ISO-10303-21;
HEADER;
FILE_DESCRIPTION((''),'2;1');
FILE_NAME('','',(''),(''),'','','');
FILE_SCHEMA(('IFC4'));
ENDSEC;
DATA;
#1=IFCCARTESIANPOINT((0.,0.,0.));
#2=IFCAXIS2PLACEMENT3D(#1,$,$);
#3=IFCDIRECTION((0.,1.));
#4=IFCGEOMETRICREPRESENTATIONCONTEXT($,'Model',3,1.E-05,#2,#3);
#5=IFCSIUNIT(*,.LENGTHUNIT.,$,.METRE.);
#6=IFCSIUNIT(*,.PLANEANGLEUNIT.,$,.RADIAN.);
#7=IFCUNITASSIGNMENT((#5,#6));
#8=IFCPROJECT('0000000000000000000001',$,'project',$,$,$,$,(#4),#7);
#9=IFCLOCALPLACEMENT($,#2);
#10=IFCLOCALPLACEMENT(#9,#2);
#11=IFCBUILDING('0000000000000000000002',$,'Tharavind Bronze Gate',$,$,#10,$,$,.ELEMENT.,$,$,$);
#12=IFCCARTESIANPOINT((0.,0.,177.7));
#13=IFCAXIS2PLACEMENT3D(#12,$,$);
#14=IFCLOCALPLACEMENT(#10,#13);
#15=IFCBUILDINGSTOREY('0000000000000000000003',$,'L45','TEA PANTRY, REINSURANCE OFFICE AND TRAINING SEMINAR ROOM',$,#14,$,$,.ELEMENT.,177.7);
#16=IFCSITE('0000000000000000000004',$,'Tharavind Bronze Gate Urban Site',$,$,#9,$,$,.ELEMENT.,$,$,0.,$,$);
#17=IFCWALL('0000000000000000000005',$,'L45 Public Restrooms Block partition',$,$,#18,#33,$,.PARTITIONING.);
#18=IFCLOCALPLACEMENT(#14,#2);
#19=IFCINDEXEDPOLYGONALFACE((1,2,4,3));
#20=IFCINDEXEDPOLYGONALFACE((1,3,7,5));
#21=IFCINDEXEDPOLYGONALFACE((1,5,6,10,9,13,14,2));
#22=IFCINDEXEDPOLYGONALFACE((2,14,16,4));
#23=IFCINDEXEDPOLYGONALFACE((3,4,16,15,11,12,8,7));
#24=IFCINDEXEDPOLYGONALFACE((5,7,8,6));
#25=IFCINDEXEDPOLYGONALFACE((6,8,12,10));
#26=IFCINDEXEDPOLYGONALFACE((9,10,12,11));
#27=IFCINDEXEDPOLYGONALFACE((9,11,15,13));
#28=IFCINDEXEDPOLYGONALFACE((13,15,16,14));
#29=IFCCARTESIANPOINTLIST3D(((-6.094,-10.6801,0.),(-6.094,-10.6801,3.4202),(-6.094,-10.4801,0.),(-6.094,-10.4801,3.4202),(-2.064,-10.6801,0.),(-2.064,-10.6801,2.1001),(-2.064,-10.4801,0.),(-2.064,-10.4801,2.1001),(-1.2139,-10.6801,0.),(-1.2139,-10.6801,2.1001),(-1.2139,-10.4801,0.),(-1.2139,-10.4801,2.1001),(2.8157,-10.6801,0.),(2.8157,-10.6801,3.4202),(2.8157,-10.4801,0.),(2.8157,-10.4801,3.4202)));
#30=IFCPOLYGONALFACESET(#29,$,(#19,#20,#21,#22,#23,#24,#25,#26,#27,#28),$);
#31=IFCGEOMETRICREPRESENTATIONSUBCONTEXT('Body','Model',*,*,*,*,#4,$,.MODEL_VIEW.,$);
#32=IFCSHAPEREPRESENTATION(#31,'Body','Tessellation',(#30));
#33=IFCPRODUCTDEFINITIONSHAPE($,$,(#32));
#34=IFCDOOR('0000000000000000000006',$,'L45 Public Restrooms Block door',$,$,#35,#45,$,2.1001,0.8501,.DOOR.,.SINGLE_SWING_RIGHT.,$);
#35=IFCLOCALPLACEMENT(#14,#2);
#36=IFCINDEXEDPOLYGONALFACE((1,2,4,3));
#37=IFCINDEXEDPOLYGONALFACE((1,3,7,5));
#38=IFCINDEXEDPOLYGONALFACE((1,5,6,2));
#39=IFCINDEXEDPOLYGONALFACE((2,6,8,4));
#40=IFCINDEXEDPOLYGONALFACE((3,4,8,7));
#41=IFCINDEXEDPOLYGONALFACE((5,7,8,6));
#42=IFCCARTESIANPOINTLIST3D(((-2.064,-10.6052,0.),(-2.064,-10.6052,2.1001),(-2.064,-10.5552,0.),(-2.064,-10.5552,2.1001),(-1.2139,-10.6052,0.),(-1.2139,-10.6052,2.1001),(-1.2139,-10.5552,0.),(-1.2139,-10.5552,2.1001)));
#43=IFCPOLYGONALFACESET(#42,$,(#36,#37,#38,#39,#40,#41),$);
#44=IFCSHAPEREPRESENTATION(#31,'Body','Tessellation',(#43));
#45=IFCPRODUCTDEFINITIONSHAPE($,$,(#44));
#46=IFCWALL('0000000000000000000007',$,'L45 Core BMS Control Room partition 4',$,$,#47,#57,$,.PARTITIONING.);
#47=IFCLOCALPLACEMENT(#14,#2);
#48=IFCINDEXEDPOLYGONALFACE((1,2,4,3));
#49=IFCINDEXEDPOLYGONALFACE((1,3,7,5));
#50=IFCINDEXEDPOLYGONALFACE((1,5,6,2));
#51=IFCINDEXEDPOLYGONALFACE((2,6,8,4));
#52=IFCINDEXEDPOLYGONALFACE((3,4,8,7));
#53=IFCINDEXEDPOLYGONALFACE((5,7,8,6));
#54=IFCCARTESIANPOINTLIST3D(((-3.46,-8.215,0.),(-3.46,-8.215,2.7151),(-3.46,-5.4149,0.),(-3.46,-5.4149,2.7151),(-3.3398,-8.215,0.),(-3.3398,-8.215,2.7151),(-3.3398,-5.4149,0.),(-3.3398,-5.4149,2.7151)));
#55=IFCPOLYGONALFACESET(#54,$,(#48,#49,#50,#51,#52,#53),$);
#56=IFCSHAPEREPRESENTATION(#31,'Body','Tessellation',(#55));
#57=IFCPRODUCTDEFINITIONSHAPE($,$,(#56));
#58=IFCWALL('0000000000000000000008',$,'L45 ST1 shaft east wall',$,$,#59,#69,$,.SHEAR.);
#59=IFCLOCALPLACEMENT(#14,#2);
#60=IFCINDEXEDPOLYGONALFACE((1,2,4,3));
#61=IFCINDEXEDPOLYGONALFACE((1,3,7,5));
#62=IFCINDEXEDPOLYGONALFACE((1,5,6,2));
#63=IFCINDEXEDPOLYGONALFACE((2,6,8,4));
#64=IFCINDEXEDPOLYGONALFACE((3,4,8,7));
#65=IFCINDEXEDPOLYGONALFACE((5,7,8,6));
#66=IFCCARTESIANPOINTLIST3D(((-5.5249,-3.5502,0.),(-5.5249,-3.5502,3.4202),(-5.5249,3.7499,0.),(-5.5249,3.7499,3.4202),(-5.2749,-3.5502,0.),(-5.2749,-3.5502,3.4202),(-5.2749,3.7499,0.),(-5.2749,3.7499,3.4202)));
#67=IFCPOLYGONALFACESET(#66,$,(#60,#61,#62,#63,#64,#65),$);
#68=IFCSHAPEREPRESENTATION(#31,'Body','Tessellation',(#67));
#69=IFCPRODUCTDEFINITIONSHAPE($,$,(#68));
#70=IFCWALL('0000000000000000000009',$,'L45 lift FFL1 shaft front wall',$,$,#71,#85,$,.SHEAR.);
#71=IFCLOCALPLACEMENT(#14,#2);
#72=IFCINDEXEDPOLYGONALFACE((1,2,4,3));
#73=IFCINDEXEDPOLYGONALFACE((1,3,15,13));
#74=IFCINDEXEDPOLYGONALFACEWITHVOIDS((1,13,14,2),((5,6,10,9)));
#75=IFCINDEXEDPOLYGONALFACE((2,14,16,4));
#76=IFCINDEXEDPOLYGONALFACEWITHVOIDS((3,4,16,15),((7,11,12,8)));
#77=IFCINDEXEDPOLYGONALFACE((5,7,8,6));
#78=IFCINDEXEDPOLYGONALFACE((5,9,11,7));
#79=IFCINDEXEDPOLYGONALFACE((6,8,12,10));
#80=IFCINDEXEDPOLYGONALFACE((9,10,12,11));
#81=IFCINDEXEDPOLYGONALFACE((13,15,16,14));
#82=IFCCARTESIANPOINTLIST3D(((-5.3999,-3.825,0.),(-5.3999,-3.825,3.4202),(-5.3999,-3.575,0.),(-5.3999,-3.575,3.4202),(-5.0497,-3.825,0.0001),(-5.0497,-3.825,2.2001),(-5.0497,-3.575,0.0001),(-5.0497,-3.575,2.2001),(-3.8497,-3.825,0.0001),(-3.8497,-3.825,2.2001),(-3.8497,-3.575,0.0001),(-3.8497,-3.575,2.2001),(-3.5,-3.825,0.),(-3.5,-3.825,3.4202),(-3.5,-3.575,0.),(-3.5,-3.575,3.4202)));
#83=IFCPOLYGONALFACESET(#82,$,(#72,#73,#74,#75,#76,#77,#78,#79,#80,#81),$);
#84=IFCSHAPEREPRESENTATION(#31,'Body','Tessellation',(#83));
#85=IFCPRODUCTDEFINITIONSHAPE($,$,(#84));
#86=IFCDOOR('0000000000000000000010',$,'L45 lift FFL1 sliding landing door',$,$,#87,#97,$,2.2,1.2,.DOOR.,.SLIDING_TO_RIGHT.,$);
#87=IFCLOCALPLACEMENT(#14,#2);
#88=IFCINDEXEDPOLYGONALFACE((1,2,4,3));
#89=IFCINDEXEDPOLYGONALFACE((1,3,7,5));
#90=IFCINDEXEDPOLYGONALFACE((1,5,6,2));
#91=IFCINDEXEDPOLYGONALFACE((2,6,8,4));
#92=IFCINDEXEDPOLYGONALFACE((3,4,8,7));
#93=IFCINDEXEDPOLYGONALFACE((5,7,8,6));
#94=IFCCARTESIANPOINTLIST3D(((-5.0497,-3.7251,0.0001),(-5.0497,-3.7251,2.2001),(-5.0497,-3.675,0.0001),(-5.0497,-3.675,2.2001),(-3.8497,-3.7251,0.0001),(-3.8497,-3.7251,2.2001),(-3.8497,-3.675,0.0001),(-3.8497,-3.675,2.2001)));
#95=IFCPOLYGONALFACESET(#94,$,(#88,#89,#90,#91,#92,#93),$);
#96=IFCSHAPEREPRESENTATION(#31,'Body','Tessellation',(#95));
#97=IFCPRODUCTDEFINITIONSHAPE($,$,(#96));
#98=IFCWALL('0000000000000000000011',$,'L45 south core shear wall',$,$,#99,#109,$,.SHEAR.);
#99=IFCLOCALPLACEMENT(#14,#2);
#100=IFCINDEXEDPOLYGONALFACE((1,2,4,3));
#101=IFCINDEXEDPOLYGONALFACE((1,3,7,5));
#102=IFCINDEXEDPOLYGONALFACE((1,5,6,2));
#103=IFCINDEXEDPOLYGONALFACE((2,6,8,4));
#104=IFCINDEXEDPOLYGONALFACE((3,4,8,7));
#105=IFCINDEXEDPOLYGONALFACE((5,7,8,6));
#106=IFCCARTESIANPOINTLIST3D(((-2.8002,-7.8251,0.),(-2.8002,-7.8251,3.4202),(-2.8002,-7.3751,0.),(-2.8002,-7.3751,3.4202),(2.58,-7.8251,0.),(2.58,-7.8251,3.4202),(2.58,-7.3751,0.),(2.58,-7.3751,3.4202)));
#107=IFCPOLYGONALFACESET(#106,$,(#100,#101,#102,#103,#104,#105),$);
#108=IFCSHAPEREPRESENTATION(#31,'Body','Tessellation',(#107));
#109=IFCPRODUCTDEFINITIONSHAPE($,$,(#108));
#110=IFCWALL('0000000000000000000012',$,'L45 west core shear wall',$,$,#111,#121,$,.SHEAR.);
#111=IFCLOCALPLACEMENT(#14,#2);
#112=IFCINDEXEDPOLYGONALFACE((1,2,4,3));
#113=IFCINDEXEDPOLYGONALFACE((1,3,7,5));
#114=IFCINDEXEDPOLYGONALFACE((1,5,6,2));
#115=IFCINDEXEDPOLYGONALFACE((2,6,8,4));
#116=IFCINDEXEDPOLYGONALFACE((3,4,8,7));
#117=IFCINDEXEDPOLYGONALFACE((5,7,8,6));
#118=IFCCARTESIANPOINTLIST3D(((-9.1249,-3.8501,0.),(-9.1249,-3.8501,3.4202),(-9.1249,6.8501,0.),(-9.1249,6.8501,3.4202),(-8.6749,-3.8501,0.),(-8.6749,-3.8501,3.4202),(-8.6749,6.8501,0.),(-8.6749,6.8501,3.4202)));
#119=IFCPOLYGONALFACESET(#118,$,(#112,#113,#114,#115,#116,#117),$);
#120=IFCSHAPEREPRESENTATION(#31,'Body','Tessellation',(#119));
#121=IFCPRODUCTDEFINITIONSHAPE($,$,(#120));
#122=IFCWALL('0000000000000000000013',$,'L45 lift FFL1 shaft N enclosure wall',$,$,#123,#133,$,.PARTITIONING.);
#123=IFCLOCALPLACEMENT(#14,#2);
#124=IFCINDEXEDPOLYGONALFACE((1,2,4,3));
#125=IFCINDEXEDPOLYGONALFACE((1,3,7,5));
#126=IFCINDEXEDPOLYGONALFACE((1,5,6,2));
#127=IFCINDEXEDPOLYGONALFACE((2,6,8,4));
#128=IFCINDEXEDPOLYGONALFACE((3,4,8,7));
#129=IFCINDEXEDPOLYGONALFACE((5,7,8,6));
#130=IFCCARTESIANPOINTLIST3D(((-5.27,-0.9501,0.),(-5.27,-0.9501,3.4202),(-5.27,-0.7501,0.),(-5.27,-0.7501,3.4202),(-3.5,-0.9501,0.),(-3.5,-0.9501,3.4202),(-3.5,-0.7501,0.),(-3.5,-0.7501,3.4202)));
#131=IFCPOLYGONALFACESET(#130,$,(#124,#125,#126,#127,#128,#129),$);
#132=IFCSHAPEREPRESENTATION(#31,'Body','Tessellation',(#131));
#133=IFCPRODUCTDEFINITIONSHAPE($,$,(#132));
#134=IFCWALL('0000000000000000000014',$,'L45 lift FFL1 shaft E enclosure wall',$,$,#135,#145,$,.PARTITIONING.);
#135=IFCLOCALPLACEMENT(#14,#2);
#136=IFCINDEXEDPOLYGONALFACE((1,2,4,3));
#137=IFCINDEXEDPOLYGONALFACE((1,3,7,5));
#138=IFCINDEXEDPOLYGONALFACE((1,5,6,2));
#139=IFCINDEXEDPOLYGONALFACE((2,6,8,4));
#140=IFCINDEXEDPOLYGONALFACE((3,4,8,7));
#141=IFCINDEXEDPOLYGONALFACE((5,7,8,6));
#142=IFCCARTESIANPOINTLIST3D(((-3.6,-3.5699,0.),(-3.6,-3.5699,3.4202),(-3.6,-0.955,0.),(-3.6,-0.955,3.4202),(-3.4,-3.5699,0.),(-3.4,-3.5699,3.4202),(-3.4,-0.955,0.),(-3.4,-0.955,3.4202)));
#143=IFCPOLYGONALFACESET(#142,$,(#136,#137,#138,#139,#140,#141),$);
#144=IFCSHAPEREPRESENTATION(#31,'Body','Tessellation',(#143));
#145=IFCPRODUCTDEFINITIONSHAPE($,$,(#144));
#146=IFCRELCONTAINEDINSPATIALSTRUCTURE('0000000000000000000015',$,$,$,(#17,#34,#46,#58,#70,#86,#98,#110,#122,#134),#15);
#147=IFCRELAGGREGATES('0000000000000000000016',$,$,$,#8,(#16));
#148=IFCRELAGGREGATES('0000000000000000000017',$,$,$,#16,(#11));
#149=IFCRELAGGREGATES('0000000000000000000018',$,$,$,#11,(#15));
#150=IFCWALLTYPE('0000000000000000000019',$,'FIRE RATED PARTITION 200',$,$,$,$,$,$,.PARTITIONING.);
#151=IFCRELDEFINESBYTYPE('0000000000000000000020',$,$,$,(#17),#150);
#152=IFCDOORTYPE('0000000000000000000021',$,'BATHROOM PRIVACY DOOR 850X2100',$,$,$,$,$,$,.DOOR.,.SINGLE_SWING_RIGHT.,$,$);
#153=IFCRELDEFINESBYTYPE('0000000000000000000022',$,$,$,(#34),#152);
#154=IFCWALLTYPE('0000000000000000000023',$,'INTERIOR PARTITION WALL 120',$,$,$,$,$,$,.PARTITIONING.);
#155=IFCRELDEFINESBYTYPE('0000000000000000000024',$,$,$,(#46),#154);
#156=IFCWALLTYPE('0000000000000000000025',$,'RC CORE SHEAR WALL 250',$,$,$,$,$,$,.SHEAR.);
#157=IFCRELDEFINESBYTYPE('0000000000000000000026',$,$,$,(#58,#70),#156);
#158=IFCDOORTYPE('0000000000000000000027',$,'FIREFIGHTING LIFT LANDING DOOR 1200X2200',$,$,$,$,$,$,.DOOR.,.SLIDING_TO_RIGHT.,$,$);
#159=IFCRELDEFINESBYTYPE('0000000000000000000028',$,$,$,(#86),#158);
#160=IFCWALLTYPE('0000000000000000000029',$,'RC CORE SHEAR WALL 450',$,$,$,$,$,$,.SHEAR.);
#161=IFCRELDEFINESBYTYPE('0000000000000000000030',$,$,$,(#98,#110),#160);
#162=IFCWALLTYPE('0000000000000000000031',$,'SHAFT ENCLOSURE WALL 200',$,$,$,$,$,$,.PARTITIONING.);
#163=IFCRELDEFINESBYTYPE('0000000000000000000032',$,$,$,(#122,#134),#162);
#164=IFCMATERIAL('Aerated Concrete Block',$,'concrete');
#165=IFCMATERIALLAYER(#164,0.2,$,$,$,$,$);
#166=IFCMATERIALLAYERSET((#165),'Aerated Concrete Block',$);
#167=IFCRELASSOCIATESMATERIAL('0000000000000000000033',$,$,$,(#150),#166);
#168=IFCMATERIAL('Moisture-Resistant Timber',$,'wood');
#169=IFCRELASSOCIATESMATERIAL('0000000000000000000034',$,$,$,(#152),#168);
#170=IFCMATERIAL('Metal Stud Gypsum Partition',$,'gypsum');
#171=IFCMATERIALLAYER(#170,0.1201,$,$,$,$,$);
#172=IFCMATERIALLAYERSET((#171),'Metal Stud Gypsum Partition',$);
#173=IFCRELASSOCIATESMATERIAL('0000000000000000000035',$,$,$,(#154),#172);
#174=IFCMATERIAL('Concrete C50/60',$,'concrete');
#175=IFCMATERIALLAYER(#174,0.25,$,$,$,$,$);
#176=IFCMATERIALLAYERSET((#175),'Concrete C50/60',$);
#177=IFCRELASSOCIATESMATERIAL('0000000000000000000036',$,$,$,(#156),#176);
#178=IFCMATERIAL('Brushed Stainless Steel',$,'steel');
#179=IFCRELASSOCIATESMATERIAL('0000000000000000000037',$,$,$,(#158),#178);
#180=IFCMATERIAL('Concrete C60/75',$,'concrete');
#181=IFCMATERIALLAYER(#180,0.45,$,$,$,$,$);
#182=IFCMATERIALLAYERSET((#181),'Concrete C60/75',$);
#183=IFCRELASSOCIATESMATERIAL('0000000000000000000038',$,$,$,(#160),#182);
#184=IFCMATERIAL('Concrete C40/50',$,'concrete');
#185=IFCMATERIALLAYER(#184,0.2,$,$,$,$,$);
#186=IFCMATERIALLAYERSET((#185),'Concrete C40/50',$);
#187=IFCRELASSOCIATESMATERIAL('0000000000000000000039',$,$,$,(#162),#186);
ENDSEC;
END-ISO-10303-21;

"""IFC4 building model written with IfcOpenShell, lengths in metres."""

from ifc_helpers import new_model, si_unit, direction, frame, frame_2d, origin, place, context, subcontext, project, spatial, rectangle, extrude, material, layer, layer_set, type_object, element, fill, save


model = new_model("IFC4")

# Units and contexts
model_context = context("Model", 3, precision=1e-05, world=origin(), true_north=direction((0.0, 1.0)))
body_context = subcontext(model_context, "Body", "Model", "MODEL_VIEW")
ifc_project = project(units=[si_unit("LENGTHUNIT", "METRE"), si_unit("PLANEANGLEUNIT", "RADIAN")], contexts=[model_context])

# Site, building, storey
site_placement = place(None, origin())
site = spatial("IfcSite", under=ifc_project, at=site_placement, Name="Tharavind Bronze Gate Urban Site", CompositionType="ELEMENT", RefElevation=0.0)
building_placement = place(site_placement, origin())
building = spatial("IfcBuilding", under=site, at=building_placement, Name="Tharavind Bronze Gate", CompositionType="ELEMENT")
storey_placement = place(building_placement, frame((0.0, 0.0, 177.7)))
storey = spatial("IfcBuildingStorey", under=building, at=storey_placement, Name="L45", Description="TEA PANTRY, REINSURANCE OFFICE AND TRAINING SEMINAR ROOM", CompositionType="ELEMENT", Elevation=177.7)

# Shared definitions
ifc_material_1 = material(Name="Concrete C60/75", Category="concrete")

# Shared definitions
ifc_material_2 = material(Name="Aerated Concrete Block", Category="concrete")
ifc_layer_1 = layer(ifc_material_2, 0.2)
ifc_layer_set_1 = layer_set([ifc_layer_1], Name="Aerated Concrete Block")
wall_type_1 = type_object("IfcWallType", Name="FIRE RATED PARTITION 200", PredefinedType="PARTITIONING", material=ifc_layer_set_1)

# Wall, opening, door
wall_1_placement = place(storey_placement, frame((-6.094, -10.5801, 0.0), z_axis=(0.0, 0.0, 1.0), x_axis=(1.0, 0.0, 0.0)))
wall_1 = element("IfcWall", 1, at=wall_1_placement, inside=storey, type_object=wall_type_1, Name="L45 Public Restrooms Block partition", PredefinedType="PARTITIONING", context=body_context, shape_type="SweptSolid", body=[
    extrude(rectangle(XDim=8.9097, YDim=0.2, at=frame_2d((4.4548, 0.0))), origin(), (0.0, 0.0, 1.0), 3.4202),
])
opening_1_placement = place(wall_1_placement, frame((4.03, 0.0, 0.0)))
opening_1 = element("IfcOpeningElement", 2, at=opening_1_placement, cuts=wall_1, PredefinedType="OPENING", context=body_context, shape_type="SweptSolid", body=[
    extrude(rectangle(XDim=0.8501, YDim=2.1001, at=frame_2d((0.425, 1.05))), frame((0.0, 0.1101, 0.0), z_axis=(0.0, -1.0, 0.0), x_axis=(1.0, 0.0, 0.0)), (0.0, 0.0, 1.0), 0.22),
])
ifc_material_3 = material(Name="Moisture-Resistant Timber", Category="wood")
door_type_1 = type_object("IfcDoorType", Name="BATHROOM PRIVACY DOOR 850X2100", OperationType="SINGLE_SWING_RIGHT", PredefinedType="DOOR", material=ifc_material_3)
door_1_placement = place(opening_1_placement, origin())
door_1 = element("IfcDoor", 3, at=door_1_placement, inside=storey, type_object=door_type_1, Name="L45 Public Restrooms Block door", OperationType="SINGLE_SWING_RIGHT", OverallHeight=2.1001, OverallWidth=0.8501, PredefinedType="DOOR", context=body_context, shape_type="SweptSolid", body=[
    extrude(rectangle(XDim=0.8501, YDim=2.1001, at=frame_2d((0.425, 1.05))), frame((0.0, 0.0249, 0.0), z_axis=(0.0, -1.0, 0.0), x_axis=(1.0, 0.0, 0.0)), (0.0, 0.0, 1.0), 0.05),
])
fill(opening_1, door_1)

# Walls
ifc_material_4 = material(Name="Metal Stud Gypsum Partition", Category="gypsum")
ifc_layer_2 = layer(ifc_material_4, 0.1201)
ifc_layer_set_2 = layer_set([ifc_layer_2], Name="Metal Stud Gypsum Partition")
wall_type_2 = type_object("IfcWallType", Name="INTERIOR PARTITION WALL 120", PredefinedType="PARTITIONING", material=ifc_layer_set_2)
wall_2_placement = place(storey_placement, frame((-3.3999, -5.415, 0.0), z_axis=(0.0, 0.0, 1.0), x_axis=(0.0, -1.0, 0.0)))
element("IfcWall", 4, at=wall_2_placement, inside=storey, type_object=wall_type_2, Name="L45 Core BMS Control Room partition 4", PredefinedType="PARTITIONING", context=body_context, shape_type="SweptSolid", body=[
    extrude(rectangle(XDim=2.8, YDim=0.1201, at=frame_2d((1.3999, 0.0))), origin(), (0.0, 0.0, 1.0), 2.7151),
])
ifc_material_5 = material(Name="Concrete C50/60", Category="concrete")
ifc_layer_3 = layer(ifc_material_5, 0.25)
ifc_layer_set_3 = layer_set([ifc_layer_3], Name="Concrete C50/60")
wall_type_3 = type_object("IfcWallType", Name="RC CORE SHEAR WALL 250", PredefinedType="SHEAR", material=ifc_layer_set_3)
wall_3_placement = place(storey_placement, frame((-5.3999, -3.55, 0.0), z_axis=(0.0, 0.0, 1.0), x_axis=(0.0, 1.0, 0.0)))
element("IfcWall", 5, at=wall_3_placement, inside=storey, type_object=wall_type_3, Name="L45 ST1 shaft east wall", PredefinedType="SHEAR", context=body_context, shape_type="SweptSolid", body=[
    extrude(rectangle(XDim=7.3, YDim=0.25, at=frame_2d((3.6499, 0.0))), origin(), (0.0, 0.0, 1.0), 3.4202),
])

# Wall, opening, door
wall_4_placement = place(storey_placement, frame((-5.3999, -3.7, 0.0), z_axis=(0.0, 0.0, 1.0), x_axis=(1.0, 0.0, 0.0)))
wall_4 = element("IfcWall", 6, at=wall_4_placement, inside=storey, type_object=wall_type_3, Name="L45 lift FFL1 shaft front wall", PredefinedType="SHEAR", context=body_context, shape_type="SweptSolid", body=[
    extrude(rectangle(XDim=1.8999, YDim=0.25, at=frame_2d((0.95, 0.0))), origin(), (0.0, 0.0, 1.0), 3.4202),
])
opening_2_placement = place(wall_4_placement, frame((0.3501, 0.0, 0.0)))
opening_2 = element("IfcOpeningElement", 7, at=opening_2_placement, cuts=wall_4, PredefinedType="OPENING", context=body_context, shape_type="SweptSolid", body=[
    extrude(rectangle(XDim=1.2, YDim=2.2, at=frame_2d((0.6001, 1.1001))), frame((0.0, 0.135, 0.0), z_axis=(0.0, -1.0, 0.0), x_axis=(1.0, 0.0, 0.0)), (0.0, 0.0, 1.0), 0.27),
])
ifc_material_6 = material(Name="Brushed Stainless Steel", Category="steel")
door_type_2 = type_object("IfcDoorType", Name="FIREFIGHTING LIFT LANDING DOOR 1200X2200", OperationType="SLIDING_TO_RIGHT", PredefinedType="DOOR", material=ifc_material_6)
door_2_placement = place(opening_2_placement, origin())
door_2 = element("IfcDoor", 8, at=door_2_placement, inside=storey, type_object=door_type_2, Name="L45 lift FFL1 sliding landing door", OperationType="SLIDING_TO_RIGHT", OverallHeight=2.2, OverallWidth=1.2, PredefinedType="DOOR", context=body_context, shape_type="SweptSolid", body=[
    extrude(rectangle(XDim=1.2, YDim=2.2, at=frame_2d((0.6001, 1.1001))), frame((0.0, 0.0249, 0.0), z_axis=(0.0, -1.0, 0.0), x_axis=(1.0, 0.0, 0.0)), (0.0, 0.0, 1.0), 0.05),
])
fill(opening_2, door_2)

# Walls
ifc_layer_4 = layer(ifc_material_1, 0.45)
ifc_layer_set_4 = layer_set([ifc_layer_4], Name="Concrete C60/75")
wall_type_4 = type_object("IfcWallType", Name="RC CORE SHEAR WALL 450", PredefinedType="SHEAR", material=ifc_layer_set_4)
wall_5_placement = place(storey_placement, frame((-2.8, -7.6001, 0.0), z_axis=(0.0, 0.0, 1.0), x_axis=(1.0, 0.0, 0.0)))
element("IfcWall", 9, at=wall_5_placement, inside=storey, type_object=wall_type_4, Name="L45 south core shear wall", PredefinedType="SHEAR", context=body_context, shape_type="SweptSolid", body=[
    extrude(rectangle(XDim=5.3801, YDim=0.45, at=frame_2d((2.6899, 0.0))), origin(), (0.0, 0.0, 1.0), 3.4202),
])
wall_6_placement = place(storey_placement, frame((-8.8999, -3.8501, 0.0), z_axis=(0.0, 0.0, 1.0), x_axis=(0.0, 1.0, 0.0)))
element("IfcWall", 10, at=wall_6_placement, inside=storey, type_object=wall_type_4, Name="L45 west core shear wall", PredefinedType="SHEAR", context=body_context, shape_type="SweptSolid", body=[
    extrude(rectangle(XDim=10.7002, YDim=0.45, at=frame_2d((5.3501, 0.0))), origin(), (0.0, 0.0, 1.0), 3.4202),
])
ifc_material_7 = material(Name="Concrete C40/50", Category="concrete")
ifc_layer_5 = layer(ifc_material_7, 0.2)
ifc_layer_set_5 = layer_set([ifc_layer_5], Name="Concrete C40/50")
wall_type_5 = type_object("IfcWallType", Name="SHAFT ENCLOSURE WALL 200", PredefinedType="PARTITIONING", material=ifc_layer_set_5)
wall_7_placement = place(storey_placement, frame((-5.27, -0.8501, 0.0), z_axis=(0.0, 0.0, 1.0), x_axis=(1.0, 0.0, 0.0)))
element("IfcWall", 11, at=wall_7_placement, inside=storey, type_object=wall_type_5, Name="L45 lift FFL1 shaft N enclosure wall", PredefinedType="PARTITIONING", context=body_context, shape_type="SweptSolid", body=[
    extrude(rectangle(XDim=1.77, YDim=0.2, at=frame_2d((0.885, 0.0))), origin(), (0.0, 0.0, 1.0), 3.4202),
])
wall_8_placement = place(storey_placement, frame((-3.5, -3.5701, 0.0), z_axis=(0.0, 0.0, 1.0), x_axis=(0.0, 1.0, 0.0)))
element("IfcWall", 12, at=wall_8_placement, inside=storey, type_object=wall_type_5, Name="L45 lift FFL1 shaft E enclosure wall", PredefinedType="PARTITIONING", context=body_context, shape_type="SweptSolid", body=[
    extrude(rectangle(XDim=2.615, YDim=0.2, at=frame_2d((1.3076, 0.0))), origin(), (0.0, 0.0, 1.0), 3.4202),
])

save(model, "model.ifc")
